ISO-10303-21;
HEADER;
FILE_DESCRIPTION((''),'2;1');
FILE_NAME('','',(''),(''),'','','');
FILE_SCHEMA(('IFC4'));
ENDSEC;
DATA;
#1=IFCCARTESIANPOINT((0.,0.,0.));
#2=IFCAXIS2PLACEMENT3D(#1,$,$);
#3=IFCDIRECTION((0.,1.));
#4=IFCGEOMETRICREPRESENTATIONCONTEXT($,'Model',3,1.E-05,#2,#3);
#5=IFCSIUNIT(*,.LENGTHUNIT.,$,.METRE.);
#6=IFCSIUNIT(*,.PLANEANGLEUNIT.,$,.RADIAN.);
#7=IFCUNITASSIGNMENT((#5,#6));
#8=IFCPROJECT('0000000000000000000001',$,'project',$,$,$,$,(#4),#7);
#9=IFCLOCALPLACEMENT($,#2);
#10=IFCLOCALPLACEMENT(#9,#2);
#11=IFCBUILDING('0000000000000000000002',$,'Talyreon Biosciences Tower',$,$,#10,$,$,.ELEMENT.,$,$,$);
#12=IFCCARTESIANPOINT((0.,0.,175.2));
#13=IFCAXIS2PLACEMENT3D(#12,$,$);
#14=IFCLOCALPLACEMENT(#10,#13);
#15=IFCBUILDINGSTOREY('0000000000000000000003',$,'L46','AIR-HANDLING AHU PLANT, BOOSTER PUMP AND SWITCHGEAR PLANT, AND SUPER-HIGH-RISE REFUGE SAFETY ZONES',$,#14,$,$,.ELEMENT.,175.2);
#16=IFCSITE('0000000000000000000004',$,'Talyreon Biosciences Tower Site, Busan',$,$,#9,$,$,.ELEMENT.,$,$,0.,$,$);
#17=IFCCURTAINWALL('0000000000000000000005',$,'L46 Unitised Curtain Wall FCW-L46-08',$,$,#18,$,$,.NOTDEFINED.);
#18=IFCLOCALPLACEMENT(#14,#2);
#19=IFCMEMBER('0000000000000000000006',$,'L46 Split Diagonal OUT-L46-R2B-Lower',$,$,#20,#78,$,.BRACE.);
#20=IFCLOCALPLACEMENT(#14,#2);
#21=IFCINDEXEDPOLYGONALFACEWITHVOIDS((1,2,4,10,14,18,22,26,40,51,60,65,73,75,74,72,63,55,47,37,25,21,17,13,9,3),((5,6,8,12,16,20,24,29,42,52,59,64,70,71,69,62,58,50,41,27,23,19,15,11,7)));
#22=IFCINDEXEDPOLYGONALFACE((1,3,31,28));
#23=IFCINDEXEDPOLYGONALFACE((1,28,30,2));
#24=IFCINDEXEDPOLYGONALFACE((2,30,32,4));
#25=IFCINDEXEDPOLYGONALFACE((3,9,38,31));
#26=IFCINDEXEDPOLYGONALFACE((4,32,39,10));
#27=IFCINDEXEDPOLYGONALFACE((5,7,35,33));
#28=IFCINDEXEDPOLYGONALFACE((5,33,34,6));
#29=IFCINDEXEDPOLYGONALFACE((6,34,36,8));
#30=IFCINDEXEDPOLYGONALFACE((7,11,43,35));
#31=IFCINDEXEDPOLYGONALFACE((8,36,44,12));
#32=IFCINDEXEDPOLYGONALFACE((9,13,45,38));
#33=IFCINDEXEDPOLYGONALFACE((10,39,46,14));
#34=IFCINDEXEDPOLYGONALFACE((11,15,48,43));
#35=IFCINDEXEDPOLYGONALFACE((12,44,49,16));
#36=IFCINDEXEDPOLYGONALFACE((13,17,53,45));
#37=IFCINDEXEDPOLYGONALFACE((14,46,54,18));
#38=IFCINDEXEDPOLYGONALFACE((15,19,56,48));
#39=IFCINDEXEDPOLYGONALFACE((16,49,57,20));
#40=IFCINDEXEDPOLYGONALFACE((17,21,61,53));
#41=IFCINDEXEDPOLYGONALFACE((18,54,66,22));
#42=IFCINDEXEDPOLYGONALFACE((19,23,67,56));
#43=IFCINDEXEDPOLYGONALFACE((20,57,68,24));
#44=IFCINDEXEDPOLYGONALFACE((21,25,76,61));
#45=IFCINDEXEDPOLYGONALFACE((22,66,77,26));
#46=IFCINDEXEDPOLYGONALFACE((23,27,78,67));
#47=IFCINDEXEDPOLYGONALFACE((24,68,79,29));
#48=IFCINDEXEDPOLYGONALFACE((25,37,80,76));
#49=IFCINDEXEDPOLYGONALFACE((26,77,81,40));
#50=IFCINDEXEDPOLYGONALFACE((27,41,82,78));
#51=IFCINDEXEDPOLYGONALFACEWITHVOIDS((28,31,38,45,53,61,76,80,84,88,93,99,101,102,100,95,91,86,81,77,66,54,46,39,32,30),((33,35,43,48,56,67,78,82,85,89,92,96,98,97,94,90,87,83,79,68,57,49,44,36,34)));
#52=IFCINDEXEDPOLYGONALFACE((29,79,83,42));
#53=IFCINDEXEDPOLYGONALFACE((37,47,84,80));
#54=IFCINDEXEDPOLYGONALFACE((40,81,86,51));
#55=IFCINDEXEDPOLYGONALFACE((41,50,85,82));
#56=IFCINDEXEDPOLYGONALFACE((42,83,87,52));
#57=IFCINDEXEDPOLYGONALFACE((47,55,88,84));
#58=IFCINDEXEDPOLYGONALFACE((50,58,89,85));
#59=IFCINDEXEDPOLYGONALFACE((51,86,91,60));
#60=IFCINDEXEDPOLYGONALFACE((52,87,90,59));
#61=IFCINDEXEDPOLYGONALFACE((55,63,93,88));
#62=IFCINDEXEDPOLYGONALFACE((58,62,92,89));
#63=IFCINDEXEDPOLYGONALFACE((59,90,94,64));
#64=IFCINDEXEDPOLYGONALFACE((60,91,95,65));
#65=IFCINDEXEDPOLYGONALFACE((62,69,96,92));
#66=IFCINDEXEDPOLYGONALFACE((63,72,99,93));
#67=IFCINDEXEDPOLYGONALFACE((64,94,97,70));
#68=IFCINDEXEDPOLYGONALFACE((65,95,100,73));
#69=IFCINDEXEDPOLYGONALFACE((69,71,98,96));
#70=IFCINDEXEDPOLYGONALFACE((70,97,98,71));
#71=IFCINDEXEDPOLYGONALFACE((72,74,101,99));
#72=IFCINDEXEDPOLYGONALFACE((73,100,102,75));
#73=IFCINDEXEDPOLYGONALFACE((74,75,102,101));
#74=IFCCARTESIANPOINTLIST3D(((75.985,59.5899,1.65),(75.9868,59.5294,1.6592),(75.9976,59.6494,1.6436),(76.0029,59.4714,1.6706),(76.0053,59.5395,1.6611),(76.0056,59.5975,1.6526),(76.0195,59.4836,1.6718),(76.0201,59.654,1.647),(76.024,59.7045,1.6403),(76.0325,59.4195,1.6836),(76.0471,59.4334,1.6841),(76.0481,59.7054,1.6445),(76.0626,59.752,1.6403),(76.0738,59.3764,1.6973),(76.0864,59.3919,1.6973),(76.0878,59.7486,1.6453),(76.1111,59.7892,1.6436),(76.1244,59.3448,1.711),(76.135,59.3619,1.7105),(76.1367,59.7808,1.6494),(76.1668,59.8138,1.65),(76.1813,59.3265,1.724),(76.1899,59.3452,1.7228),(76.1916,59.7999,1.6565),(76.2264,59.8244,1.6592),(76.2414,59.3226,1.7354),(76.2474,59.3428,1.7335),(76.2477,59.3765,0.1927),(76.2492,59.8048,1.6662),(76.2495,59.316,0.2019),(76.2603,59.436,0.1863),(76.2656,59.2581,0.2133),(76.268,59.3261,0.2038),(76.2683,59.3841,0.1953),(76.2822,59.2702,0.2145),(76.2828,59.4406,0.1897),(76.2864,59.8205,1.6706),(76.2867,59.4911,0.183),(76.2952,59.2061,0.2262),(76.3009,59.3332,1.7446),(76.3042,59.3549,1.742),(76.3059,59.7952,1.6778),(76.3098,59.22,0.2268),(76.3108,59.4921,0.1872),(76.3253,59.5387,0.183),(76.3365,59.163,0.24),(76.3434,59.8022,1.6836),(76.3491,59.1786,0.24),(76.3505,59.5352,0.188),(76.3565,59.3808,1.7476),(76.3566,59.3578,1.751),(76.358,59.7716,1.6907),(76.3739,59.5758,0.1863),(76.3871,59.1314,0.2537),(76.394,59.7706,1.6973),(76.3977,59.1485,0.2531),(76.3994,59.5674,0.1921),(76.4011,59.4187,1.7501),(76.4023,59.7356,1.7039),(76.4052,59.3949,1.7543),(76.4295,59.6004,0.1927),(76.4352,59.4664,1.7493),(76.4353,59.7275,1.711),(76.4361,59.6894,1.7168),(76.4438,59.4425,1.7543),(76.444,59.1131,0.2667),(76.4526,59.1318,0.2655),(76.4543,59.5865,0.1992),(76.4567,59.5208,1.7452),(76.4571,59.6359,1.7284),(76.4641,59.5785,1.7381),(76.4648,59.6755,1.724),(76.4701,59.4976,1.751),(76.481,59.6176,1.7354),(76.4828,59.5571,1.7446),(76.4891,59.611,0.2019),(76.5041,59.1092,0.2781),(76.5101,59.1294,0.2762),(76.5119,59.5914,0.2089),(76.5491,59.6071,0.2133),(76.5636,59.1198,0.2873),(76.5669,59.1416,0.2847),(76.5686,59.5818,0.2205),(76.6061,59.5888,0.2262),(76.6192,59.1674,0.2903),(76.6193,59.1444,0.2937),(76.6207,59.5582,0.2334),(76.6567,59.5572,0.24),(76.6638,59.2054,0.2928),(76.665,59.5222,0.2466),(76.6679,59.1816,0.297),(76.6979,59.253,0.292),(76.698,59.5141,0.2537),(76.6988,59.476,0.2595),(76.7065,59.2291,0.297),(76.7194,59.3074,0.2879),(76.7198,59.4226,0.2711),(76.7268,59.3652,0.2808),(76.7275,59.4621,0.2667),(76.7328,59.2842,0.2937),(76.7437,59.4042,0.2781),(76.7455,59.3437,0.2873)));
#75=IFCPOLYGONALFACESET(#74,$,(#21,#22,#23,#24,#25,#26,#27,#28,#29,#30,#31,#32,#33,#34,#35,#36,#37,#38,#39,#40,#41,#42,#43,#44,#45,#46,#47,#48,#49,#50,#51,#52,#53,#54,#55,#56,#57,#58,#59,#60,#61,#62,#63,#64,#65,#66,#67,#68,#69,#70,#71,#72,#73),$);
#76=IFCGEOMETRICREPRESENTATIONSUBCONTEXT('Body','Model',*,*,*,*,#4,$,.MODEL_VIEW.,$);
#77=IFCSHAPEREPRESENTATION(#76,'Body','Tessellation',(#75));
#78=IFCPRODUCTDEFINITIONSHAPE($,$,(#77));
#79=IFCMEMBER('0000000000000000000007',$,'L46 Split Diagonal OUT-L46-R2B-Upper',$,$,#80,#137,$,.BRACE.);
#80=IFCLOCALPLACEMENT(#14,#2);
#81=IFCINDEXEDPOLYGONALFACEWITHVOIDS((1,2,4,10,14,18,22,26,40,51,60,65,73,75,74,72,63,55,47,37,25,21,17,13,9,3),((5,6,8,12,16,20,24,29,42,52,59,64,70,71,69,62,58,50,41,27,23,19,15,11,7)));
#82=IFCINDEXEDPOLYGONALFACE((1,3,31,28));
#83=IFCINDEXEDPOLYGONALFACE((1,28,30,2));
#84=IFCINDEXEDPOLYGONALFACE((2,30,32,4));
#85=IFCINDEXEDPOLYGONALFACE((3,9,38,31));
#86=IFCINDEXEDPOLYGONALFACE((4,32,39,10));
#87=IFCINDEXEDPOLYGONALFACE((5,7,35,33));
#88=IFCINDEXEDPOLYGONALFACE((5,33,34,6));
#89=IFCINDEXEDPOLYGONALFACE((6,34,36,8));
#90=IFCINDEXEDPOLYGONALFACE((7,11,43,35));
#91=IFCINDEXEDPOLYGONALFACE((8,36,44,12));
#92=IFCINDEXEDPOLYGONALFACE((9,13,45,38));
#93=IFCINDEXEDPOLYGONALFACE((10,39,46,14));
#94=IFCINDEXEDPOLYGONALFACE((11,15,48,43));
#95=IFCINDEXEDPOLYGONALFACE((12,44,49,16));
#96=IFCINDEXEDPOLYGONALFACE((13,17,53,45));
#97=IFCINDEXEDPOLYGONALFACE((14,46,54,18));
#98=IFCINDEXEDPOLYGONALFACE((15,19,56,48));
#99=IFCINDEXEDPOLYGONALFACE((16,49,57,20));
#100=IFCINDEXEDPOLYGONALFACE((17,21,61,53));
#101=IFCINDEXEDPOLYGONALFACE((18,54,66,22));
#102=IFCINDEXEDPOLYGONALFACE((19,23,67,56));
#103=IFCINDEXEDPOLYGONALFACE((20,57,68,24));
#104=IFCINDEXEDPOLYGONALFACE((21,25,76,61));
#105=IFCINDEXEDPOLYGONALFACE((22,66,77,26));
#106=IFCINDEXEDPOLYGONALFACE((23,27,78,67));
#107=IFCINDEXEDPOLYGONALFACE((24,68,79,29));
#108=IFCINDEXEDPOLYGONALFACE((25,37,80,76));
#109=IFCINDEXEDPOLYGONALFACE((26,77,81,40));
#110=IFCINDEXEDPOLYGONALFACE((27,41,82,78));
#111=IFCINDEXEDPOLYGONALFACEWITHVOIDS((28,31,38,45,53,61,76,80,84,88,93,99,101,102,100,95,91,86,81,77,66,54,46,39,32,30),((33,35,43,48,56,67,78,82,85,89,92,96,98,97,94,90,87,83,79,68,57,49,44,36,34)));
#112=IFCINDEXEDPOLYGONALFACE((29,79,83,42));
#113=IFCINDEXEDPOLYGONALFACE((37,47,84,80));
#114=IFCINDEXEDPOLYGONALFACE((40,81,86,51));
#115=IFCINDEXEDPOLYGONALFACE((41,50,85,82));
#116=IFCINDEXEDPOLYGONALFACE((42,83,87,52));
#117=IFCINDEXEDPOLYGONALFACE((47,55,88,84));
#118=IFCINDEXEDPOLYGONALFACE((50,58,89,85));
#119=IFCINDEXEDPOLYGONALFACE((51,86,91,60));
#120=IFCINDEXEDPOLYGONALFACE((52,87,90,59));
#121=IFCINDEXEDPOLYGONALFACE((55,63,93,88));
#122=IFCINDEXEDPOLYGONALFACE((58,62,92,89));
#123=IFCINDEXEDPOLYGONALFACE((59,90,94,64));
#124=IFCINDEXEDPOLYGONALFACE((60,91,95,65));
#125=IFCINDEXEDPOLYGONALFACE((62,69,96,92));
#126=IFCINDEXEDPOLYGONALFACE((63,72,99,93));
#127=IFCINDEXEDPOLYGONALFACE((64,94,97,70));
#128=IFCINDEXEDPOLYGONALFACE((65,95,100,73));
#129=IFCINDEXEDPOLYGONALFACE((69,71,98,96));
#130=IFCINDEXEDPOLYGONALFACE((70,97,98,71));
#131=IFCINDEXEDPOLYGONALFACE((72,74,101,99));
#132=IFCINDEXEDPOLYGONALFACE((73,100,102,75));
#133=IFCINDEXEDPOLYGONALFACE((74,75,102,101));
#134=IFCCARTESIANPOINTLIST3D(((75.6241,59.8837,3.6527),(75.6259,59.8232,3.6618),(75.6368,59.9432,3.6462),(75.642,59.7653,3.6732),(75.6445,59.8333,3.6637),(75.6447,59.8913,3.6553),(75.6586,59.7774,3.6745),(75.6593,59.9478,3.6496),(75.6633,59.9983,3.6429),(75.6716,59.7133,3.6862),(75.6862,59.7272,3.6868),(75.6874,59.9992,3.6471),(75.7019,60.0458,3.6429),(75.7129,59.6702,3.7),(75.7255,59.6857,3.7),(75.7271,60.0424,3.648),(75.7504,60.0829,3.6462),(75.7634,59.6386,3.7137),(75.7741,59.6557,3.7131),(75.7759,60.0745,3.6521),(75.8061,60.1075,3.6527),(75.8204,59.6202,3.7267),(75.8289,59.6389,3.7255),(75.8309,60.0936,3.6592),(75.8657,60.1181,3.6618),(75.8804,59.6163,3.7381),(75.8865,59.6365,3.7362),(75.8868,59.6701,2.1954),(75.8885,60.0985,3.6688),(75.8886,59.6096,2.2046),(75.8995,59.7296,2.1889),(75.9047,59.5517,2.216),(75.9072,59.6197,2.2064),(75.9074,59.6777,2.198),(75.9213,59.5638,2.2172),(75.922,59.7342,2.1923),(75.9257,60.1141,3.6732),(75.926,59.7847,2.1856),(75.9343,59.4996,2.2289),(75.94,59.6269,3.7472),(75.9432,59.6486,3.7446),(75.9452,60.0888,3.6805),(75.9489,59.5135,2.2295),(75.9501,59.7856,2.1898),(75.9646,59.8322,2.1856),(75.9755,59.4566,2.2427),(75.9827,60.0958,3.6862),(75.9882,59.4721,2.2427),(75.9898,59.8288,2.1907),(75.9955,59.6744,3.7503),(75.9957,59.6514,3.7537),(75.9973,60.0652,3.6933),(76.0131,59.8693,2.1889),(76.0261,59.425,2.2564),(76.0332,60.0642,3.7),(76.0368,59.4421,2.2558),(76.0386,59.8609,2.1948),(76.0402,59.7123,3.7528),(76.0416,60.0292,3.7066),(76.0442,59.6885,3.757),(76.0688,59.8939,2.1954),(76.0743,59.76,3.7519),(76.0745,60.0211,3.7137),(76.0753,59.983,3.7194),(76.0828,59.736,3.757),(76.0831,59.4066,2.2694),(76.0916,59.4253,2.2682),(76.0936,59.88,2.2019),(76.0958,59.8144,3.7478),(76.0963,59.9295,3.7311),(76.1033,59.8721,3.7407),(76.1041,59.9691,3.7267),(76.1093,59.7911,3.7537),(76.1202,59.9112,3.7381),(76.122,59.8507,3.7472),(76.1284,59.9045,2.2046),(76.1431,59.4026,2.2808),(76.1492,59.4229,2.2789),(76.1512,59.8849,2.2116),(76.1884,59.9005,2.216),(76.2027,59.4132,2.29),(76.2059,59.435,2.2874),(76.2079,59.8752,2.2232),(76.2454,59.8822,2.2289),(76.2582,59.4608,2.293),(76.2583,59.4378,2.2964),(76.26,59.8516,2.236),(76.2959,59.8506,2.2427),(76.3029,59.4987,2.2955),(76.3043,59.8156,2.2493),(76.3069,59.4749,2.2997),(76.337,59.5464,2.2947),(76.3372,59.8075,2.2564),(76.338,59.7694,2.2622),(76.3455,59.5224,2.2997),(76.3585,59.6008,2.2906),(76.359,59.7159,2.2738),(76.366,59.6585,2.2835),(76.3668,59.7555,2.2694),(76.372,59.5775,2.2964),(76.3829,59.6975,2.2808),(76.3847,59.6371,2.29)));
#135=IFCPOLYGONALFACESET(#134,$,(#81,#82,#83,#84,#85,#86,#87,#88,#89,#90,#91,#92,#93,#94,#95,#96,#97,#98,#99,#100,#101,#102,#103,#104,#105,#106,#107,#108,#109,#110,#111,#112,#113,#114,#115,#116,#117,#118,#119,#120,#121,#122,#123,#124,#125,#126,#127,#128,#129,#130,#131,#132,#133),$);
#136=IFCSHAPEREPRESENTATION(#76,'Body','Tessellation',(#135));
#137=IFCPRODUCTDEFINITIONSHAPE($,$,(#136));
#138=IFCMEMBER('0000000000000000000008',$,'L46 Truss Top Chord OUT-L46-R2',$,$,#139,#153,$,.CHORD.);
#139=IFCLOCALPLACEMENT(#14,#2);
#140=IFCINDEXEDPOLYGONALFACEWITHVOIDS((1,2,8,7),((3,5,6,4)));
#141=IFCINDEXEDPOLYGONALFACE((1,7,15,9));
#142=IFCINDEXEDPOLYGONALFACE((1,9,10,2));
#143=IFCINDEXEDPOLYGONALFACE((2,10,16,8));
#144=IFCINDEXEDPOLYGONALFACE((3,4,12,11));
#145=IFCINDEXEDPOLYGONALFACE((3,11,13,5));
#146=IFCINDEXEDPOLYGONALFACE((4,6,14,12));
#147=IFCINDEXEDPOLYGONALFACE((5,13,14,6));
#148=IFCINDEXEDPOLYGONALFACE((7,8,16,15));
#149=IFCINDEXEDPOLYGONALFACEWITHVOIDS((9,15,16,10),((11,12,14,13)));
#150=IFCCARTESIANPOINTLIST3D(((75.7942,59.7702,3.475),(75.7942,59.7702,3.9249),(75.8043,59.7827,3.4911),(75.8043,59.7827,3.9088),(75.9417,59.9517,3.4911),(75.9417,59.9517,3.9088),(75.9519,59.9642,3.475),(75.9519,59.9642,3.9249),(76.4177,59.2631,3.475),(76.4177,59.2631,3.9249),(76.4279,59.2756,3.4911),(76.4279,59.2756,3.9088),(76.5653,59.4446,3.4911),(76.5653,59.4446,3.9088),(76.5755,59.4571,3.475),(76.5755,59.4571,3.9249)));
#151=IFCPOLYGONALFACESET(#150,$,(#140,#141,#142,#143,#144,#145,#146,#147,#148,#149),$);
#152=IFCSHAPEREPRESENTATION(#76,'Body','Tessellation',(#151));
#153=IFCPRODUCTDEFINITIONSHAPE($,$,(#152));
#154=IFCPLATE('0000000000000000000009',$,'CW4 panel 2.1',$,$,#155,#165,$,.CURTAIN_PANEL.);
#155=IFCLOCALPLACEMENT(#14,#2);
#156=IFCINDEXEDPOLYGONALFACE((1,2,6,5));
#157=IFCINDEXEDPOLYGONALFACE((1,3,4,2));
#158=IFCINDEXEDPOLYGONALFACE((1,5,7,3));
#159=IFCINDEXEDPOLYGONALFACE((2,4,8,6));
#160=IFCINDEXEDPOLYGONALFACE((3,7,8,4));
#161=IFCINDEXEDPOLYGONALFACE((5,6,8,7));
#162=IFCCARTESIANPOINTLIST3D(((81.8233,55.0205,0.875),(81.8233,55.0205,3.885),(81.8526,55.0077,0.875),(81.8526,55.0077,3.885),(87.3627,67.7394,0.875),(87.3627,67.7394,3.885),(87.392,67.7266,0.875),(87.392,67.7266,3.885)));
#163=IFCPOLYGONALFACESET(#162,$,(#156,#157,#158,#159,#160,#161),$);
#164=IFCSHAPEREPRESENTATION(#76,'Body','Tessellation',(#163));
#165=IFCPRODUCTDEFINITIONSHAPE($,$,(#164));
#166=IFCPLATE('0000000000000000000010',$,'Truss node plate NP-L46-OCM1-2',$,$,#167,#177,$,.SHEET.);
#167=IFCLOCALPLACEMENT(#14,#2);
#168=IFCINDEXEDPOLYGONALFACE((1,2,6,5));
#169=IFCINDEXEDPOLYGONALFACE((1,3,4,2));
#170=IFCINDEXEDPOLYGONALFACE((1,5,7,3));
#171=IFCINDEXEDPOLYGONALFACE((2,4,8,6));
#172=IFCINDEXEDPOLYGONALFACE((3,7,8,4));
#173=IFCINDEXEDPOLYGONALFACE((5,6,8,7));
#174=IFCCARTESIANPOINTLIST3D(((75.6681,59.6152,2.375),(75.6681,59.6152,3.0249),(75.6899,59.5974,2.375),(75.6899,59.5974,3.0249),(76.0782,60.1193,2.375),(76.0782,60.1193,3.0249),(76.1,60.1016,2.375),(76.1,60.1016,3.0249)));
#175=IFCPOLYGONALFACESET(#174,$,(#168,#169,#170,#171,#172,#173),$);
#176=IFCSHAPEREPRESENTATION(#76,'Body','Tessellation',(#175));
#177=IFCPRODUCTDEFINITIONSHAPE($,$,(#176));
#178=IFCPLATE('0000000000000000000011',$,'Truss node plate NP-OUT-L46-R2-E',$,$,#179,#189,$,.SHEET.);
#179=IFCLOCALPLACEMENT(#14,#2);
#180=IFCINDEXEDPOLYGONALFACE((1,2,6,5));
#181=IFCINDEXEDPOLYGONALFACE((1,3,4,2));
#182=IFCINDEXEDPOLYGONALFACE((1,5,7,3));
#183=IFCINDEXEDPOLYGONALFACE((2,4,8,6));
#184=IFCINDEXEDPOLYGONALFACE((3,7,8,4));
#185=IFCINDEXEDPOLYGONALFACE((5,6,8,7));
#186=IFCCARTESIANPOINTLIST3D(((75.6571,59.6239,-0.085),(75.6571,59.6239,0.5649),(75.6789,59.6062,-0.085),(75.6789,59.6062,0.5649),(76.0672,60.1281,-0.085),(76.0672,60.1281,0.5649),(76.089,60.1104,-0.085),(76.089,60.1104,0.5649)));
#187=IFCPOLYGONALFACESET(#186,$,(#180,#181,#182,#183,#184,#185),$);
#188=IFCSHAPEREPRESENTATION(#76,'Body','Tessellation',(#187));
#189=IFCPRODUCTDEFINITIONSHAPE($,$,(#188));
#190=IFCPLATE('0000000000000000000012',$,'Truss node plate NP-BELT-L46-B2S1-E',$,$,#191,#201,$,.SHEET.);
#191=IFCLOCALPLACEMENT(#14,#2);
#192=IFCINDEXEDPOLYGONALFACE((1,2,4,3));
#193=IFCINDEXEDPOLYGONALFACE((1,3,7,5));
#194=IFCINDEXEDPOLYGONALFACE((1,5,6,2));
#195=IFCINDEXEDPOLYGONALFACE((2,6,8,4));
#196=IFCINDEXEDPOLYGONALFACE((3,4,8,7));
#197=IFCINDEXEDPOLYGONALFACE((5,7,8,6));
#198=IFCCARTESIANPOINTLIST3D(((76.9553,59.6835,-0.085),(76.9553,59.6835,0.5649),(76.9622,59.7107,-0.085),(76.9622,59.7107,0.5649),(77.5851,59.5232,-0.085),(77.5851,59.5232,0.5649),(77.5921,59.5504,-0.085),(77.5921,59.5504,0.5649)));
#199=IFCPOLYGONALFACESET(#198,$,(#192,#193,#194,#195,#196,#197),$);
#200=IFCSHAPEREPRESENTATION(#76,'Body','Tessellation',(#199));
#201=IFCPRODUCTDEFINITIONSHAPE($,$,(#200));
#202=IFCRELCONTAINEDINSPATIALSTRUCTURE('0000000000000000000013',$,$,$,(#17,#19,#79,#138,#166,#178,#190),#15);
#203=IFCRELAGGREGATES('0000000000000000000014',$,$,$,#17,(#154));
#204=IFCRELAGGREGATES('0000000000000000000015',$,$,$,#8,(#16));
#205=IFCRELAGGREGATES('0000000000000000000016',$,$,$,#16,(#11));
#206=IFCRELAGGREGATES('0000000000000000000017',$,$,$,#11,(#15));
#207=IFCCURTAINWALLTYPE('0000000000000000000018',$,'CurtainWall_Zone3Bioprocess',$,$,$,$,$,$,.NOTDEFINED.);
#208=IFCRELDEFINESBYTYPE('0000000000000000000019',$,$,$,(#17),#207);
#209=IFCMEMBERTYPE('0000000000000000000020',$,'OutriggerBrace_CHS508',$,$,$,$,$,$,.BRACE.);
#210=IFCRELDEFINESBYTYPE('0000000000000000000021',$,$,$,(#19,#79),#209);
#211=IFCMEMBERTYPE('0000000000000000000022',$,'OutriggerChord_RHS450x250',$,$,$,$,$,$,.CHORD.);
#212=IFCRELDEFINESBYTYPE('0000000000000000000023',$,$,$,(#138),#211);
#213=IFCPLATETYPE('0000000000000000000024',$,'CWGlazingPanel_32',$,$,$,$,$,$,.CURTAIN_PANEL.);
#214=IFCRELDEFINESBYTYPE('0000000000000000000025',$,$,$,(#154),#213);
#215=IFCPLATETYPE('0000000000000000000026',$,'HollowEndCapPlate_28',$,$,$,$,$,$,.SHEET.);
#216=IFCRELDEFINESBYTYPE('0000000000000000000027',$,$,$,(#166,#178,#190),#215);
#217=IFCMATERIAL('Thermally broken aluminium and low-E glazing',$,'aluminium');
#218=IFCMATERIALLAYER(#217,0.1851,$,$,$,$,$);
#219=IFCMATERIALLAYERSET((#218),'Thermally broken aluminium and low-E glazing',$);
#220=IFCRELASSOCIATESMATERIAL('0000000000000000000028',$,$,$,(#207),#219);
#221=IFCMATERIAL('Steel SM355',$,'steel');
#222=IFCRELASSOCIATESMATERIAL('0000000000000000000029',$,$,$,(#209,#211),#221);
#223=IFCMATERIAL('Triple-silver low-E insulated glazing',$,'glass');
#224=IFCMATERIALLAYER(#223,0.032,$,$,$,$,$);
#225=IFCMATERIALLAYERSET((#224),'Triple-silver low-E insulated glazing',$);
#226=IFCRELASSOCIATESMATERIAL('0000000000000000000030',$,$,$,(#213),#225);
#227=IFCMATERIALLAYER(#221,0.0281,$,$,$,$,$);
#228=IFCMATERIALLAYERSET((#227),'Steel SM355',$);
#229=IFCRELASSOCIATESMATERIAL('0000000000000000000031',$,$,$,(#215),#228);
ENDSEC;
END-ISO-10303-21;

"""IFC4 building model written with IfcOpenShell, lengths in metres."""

from ifc_helpers import new_model, si_unit, direction, frame, origin, origin_2d, place, context, subcontext, project, spatial, rectangle, hollow_rectangle, hollow_circle, extrude, material, layer, layer_set, material_profile, profile_set, type_object, element, aggregate, save


model = new_model("IFC4")

# Units and contexts
model_context = context("Model", 3, precision=1e-05, world=origin(), true_north=direction((0.0, 1.0)))
body_context = subcontext(model_context, "Body", "Model", "MODEL_VIEW")
ifc_project = project(units=[si_unit("LENGTHUNIT", "METRE"), si_unit("PLANEANGLEUNIT", "RADIAN")], contexts=[model_context])

# Site, building, storey
site_placement = place(None, origin())
site = spatial("IfcSite", under=ifc_project, at=site_placement, Name="Talyreon Biosciences Tower Site, Busan", CompositionType="ELEMENT", RefElevation=0.0)
building_placement = place(site_placement, origin())
building = spatial("IfcBuilding", under=site, at=building_placement, Name="Talyreon Biosciences Tower", CompositionType="ELEMENT")
storey_placement = place(building_placement, frame((0.0, 0.0, 175.2)))
storey = spatial("IfcBuildingStorey", under=building, at=storey_placement, Name="L46", Description="AIR-HANDLING AHU PLANT, BOOSTER PUMP AND SWITCHGEAR PLANT, AND SUPER-HIGH-RISE REFUGE SAFETY ZONES", CompositionType="ELEMENT", Elevation=175.2)

# Shared definitions
ifc_material_1 = material(Name="Steel SM355", Category="steel")

# Curtain wall
ifc_material_2 = material(Name="Thermally broken aluminium and low-E glazing", Category="aluminium")
ifc_layer_1 = layer(ifc_material_2, 0.1851)
ifc_layer_set_1 = layer_set([ifc_layer_1], Name="Thermally broken aluminium and low-E glazing")
curtain_wall_type = type_object("IfcCurtainWallType", Name="CurtainWall_Zone3Bioprocess", PredefinedType="NOTDEFINED", material=ifc_layer_set_1)
curtain_wall_placement = place(storey_placement, origin())
curtain_wall = element("IfcCurtainWall", 1, at=curtain_wall_placement, inside=storey, type_object=curtain_wall_type, Name="L46 Unitised Curtain Wall FCW-L46-08", PredefinedType="NOTDEFINED")

# Members
ifc_material_profile_1 = material_profile(ifc_material_1, hollow_circle(Radius=0.2539, WallThickness=0.02, at=origin_2d()), Name="CHS 508x20")
ifc_profile_set_1 = profile_set([ifc_material_profile_1], Name="Steel SM355")
member_type_1 = type_object("IfcMemberType", Name="OutriggerBrace_CHS508", PredefinedType="BRACE", material=ifc_profile_set_1)
for number, where, z_axis, x_axis, name in (
    (2, (76.4966, 59.3601, 0.24), (-0.175592, 0.142627, 0.974076), (-0.630484, -0.776202, 0.0), "L46 Split Diagonal OUT-L46-R2B-Lower"),
    (3, (76.1357, 59.6536, 2.2427), (-0.175588, 0.142787, 0.974054), (-0.630918, -0.775849, 0.0), "L46 Split Diagonal OUT-L46-R2B-Upper"),
):
    element("IfcMember", number, at=place(storey_placement, frame(where, z_axis=z_axis, x_axis=x_axis)), inside=storey, type_object=member_type_1, Name=name, PredefinedType="BRACE", context=body_context, shape_type="SweptSolid", body=[
        extrude(hollow_circle(Radius=0.2539, WallThickness=0.02, at=origin_2d()), origin(), (0.0, 0.0, 1.0), 1.4961),
    ])
ifc_material_profile_2 = material_profile(ifc_material_1, hollow_rectangle(XDim=0.25, YDim=0.45, WallThickness=0.0161, at=origin_2d()), Name="RHS 450x250x16")
ifc_profile_set_2 = profile_set([ifc_material_profile_2], Name="Steel SM355")
member_type_2 = type_object("IfcMemberType", Name="OutriggerChord_RHS450x250", PredefinedType="CHORD", material=ifc_profile_set_2)
member_1_placement = place(storey_placement, frame((75.873, 59.8672, 3.7), z_axis=(0.775835, -0.630936, 0.0), x_axis=(0.630936, 0.775835, 0.0)))
element("IfcMember", 4, at=member_1_placement, inside=storey, type_object=member_type_2, Name="L46 Truss Top Chord OUT-L46-R2", PredefinedType="CHORD", context=body_context, shape_type="SweptSolid", body=[
    extrude(hollow_rectangle(XDim=0.25, YDim=0.45, WallThickness=0.0161, at=origin_2d()), origin(), (0.0, 0.0, 1.0), 0.8037),
])

# Plate
ifc_material_3 = material(Name="Triple-silver low-E insulated glazing", Category="glass")
ifc_layer_2 = layer(ifc_material_3, 0.032)
ifc_layer_set_2 = layer_set([ifc_layer_2], Name="Triple-silver low-E insulated glazing")
plate_type_1 = type_object("IfcPlateType", Name="CWGlazingPanel_32", PredefinedType="CURTAIN_PANEL", material=ifc_layer_set_2)
plate_placement = place(storey_placement, frame((84.6077, 61.3735, 0.875), z_axis=(0.0, 0.0, 1.0), x_axis=(-0.3993, -0.91682, 0.0)))
plate = element("IfcPlate", 5, at=plate_placement, type_object=plate_type_1, Name="CW4 panel 2.1", PredefinedType="CURTAIN_PANEL", context=body_context, shape_type="SweptSolid", body=[
    extrude(rectangle(XDim=13.8728, YDim=0.032, at=origin_2d()), origin(), (0.0, 0.0, 1.0), 3.01),
])
aggregate(curtain_wall, [plate])

# Plates
ifc_layer_3 = layer(ifc_material_1, 0.0281)
ifc_layer_set_3 = layer_set([ifc_layer_3], Name="Steel SM355")
plate_type_2 = type_object("IfcPlateType", Name="HollowEndCapPlate_28", PredefinedType="SHEET", material=ifc_layer_set_3)
for number, where, z_axis, x_axis, name in (
    (6, (75.884, 59.8584, 2.375), (0.0, 0.0, 1.0), (0.631001, 0.775782, 0.0), "Truss node plate NP-L46-OCM1-2"),
    (7, (75.873, 59.8672, -0.085), (0.0, 0.0, 1.0), (0.630974, 0.775804, 0.0), "Truss node plate NP-OUT-L46-R2-E"),
    (8, (77.2737, 59.6169, -0.085), (0.0, 0.0, 1.0), (-0.969132, 0.246542, 0.0), "Truss node plate NP-BELT-L46-B2S1-E"),
):
    element("IfcPlate", number, at=place(storey_placement, frame(where, z_axis=z_axis, x_axis=x_axis)), inside=storey, type_object=plate_type_2, Name=name, PredefinedType="SHEET", context=body_context, shape_type="SweptSolid", body=[
        extrude(rectangle(XDim=0.6499, YDim=0.0281, at=origin_2d()), origin(), (0.0, 0.0, 1.0), 0.6499),
    ])

save(model, "model.ifc")
